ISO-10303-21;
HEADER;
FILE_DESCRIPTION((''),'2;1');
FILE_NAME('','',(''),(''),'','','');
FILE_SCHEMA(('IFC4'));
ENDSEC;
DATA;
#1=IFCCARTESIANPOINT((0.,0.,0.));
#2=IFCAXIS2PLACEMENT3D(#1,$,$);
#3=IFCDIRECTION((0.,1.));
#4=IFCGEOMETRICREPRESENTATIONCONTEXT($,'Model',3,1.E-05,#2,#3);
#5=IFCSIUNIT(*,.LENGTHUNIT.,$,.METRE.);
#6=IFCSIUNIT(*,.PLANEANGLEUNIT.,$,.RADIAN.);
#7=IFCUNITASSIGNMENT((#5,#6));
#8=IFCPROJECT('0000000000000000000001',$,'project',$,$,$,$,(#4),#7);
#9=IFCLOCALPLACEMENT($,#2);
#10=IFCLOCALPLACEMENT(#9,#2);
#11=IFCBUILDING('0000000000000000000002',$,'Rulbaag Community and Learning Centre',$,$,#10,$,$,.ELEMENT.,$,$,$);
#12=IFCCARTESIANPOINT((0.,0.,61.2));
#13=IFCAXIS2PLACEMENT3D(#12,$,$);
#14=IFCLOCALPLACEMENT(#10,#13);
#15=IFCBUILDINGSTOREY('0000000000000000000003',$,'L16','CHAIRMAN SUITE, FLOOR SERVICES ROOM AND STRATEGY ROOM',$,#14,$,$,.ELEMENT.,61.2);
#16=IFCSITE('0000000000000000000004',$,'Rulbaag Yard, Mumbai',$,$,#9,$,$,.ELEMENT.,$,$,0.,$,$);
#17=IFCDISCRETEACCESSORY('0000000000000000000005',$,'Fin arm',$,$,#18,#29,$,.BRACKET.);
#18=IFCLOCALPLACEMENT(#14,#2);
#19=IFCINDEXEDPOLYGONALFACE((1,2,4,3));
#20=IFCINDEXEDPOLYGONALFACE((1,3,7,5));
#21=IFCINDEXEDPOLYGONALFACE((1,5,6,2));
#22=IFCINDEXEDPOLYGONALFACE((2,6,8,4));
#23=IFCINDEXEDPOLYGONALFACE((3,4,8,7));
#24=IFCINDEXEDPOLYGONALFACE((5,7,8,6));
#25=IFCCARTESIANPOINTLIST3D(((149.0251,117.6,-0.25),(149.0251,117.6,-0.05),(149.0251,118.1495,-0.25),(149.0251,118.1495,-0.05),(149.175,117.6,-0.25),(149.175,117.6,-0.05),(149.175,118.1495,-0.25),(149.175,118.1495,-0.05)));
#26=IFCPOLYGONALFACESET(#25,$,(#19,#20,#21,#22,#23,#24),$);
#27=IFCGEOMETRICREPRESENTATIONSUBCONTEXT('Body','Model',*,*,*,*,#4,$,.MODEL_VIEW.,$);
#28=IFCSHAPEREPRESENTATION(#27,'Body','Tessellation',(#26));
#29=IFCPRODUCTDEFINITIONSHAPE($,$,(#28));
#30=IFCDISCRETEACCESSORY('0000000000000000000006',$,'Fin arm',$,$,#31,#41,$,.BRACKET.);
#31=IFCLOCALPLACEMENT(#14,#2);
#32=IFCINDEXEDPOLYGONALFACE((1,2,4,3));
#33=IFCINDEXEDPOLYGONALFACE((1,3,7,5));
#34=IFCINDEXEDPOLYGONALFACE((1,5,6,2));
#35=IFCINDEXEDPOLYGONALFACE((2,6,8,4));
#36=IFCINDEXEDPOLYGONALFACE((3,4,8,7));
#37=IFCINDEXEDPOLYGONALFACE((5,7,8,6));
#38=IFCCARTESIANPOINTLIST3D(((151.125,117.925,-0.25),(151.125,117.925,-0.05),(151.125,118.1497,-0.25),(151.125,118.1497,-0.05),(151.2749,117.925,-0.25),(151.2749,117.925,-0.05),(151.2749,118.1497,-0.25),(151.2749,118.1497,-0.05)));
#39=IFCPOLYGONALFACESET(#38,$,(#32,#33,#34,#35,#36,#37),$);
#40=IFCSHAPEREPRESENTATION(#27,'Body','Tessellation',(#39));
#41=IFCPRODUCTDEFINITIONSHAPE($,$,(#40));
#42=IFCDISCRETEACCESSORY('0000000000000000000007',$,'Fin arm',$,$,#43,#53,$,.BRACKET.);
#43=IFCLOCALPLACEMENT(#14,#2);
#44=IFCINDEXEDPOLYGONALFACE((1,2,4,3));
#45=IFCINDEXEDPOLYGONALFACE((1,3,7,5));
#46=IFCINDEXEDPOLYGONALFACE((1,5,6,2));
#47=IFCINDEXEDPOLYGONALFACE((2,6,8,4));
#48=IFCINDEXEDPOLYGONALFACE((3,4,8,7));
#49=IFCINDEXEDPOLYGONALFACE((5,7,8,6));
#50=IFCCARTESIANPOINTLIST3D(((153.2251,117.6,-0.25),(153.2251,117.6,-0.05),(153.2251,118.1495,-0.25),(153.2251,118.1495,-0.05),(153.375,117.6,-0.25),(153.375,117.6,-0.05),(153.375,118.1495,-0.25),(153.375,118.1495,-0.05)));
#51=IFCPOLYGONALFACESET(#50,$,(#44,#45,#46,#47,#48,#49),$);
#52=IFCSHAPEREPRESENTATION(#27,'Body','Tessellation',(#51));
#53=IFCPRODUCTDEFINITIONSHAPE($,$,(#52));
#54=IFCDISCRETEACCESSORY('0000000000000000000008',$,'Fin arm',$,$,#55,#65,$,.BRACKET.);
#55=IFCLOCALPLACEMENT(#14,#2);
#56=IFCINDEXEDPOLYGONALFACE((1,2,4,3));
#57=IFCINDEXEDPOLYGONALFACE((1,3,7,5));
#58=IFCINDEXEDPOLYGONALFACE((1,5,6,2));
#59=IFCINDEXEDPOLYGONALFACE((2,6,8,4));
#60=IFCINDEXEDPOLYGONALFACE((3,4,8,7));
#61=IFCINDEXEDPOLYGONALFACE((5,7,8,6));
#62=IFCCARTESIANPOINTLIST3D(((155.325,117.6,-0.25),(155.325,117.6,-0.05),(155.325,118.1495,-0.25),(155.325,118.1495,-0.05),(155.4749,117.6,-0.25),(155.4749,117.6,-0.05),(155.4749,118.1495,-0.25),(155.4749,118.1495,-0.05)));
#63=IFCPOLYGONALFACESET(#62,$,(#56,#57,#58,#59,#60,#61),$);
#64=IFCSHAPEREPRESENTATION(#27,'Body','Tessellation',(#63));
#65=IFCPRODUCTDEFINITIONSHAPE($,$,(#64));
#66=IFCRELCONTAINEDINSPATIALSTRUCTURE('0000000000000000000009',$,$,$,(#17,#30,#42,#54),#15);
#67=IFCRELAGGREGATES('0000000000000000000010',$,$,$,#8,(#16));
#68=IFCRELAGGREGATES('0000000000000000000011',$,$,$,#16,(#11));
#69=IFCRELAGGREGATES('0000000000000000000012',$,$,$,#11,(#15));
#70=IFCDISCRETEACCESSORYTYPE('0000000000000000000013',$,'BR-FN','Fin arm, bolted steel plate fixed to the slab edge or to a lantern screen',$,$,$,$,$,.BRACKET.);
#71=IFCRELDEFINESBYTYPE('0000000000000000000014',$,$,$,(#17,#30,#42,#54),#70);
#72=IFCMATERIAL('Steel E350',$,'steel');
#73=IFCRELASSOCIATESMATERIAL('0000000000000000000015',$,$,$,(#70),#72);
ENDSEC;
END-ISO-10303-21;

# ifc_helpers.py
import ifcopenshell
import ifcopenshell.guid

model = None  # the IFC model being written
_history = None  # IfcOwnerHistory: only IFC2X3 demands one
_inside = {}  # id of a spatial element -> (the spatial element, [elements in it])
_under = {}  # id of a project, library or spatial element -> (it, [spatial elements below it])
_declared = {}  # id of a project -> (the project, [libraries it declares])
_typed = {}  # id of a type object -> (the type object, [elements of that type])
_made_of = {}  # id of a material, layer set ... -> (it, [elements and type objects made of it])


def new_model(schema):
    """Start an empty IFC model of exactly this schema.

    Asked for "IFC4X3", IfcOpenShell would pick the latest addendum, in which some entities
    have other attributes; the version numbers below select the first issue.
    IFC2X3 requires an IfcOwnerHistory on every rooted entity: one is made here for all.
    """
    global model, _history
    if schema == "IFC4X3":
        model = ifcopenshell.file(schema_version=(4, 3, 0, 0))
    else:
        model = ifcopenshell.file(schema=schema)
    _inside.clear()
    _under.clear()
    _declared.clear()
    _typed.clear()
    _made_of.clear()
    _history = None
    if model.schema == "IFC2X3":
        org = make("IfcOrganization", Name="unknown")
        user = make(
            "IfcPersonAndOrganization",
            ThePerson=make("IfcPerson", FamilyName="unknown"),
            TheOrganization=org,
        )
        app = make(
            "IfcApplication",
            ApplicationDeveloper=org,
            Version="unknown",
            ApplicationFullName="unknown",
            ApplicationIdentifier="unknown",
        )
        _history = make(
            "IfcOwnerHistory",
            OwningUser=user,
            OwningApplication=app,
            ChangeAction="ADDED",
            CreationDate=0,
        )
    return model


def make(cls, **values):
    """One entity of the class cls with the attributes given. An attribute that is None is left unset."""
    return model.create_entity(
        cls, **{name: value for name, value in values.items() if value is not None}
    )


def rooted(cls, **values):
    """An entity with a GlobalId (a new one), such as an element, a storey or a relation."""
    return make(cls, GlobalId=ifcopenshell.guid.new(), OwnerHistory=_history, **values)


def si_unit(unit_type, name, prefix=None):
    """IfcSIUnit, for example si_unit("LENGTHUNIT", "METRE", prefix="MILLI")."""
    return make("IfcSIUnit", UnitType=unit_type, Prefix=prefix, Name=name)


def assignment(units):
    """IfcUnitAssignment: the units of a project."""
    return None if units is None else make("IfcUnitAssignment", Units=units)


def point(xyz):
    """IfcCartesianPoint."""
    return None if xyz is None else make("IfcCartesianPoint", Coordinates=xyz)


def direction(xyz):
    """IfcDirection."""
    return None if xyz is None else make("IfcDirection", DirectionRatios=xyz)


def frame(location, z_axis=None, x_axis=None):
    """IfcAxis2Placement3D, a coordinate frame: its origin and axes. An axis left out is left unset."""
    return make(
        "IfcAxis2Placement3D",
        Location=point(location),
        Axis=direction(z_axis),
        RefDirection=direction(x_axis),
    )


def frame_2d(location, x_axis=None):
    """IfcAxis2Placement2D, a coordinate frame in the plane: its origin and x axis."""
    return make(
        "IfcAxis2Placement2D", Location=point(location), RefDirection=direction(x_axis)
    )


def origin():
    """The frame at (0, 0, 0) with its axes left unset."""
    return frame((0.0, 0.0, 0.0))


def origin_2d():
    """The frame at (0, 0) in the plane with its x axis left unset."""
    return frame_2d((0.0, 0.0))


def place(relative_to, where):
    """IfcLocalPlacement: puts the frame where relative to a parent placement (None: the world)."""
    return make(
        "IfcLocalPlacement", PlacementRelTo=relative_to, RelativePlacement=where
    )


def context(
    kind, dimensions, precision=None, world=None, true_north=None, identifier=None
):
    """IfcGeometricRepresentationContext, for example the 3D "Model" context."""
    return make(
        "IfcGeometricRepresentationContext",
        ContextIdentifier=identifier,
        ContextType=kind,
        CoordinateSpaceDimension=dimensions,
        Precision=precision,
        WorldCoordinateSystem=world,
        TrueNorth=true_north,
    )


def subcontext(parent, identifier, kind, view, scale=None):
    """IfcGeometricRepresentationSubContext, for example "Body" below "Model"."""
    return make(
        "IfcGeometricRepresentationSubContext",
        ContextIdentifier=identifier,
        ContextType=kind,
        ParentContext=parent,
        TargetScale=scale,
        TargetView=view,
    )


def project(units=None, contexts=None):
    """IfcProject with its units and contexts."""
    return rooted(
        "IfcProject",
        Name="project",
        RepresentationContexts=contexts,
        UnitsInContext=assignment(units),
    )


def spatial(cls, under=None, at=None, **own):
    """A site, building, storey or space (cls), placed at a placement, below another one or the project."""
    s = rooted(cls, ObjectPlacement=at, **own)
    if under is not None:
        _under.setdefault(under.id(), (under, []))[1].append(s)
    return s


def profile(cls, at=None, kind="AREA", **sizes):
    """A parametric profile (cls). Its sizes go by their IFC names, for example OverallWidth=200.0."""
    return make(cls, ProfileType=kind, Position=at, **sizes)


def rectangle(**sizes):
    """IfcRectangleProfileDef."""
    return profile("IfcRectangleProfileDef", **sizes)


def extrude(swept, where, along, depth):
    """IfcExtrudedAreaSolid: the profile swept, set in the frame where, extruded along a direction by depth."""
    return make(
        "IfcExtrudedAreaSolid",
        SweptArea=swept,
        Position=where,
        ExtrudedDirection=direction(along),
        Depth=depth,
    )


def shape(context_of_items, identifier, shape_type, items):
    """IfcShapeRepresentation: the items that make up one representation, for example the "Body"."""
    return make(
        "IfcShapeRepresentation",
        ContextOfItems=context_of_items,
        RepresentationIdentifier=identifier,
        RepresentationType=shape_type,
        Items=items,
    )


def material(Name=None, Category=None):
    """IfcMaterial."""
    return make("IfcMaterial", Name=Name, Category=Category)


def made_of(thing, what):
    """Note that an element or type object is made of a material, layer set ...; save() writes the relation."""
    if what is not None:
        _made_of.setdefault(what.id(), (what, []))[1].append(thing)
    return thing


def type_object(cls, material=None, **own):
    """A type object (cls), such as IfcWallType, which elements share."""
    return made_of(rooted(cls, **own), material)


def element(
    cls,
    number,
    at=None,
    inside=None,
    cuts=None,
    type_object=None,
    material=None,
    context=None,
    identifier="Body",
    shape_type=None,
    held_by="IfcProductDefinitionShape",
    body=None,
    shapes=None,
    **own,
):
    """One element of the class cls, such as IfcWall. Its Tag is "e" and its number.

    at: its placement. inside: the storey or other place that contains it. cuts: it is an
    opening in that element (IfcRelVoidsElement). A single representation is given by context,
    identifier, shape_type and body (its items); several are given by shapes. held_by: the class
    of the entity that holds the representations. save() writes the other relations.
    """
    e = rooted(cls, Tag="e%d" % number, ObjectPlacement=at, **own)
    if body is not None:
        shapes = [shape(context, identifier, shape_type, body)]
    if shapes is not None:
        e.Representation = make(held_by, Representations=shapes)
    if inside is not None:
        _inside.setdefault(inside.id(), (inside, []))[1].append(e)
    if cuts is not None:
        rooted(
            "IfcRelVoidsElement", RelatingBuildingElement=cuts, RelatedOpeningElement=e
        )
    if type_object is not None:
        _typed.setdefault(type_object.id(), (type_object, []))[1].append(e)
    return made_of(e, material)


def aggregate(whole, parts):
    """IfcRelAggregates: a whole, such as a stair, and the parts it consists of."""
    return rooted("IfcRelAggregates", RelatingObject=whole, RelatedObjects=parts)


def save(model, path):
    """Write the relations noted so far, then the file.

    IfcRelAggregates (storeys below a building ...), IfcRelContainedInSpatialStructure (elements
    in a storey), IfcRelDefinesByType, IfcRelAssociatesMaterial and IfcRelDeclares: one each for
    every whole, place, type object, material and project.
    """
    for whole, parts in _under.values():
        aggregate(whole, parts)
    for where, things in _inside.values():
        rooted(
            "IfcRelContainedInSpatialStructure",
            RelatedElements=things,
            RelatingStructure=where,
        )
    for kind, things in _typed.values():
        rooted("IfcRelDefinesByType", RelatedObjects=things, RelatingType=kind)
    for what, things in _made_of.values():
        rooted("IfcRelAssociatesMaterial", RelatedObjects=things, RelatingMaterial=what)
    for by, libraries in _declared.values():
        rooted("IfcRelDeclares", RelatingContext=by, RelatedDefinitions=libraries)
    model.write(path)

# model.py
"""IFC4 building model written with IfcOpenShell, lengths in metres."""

from ifc_helpers import new_model, si_unit, direction, frame, origin, origin_2d, place, context, subcontext, project, spatial, rectangle, extrude, material, type_object, element, save


model = new_model("IFC4")

# Units and contexts
model_context = context("Model", 3, precision=1e-05, world=origin(), true_north=direction((0.0, 1.0)))
body_context = subcontext(model_context, "Body", "Model", "MODEL_VIEW")
ifc_project = project(units=[si_unit("LENGTHUNIT", "METRE"), si_unit("PLANEANGLEUNIT", "RADIAN")], contexts=[model_context])

# Site, building, storey
site_placement = place(None, origin())
site = spatial("IfcSite", under=ifc_project, at=site_placement, Name="Rulbaag Yard, Mumbai", CompositionType="ELEMENT", RefElevation=0.0)
building_placement = place(site_placement, origin())
building = spatial("IfcBuilding", under=site, at=building_placement, Name="Rulbaag Community and Learning Centre", CompositionType="ELEMENT")
storey_placement = place(building_placement, frame((0.0, 0.0, 61.2)))
storey = spatial("IfcBuildingStorey", under=building, at=storey_placement, Name="L16", Description="CHAIRMAN SUITE, FLOOR SERVICES ROOM AND STRATEGY ROOM", CompositionType="ELEMENT", Elevation=61.2)

# Discrete accessories
ifc_material_1 = material(Name="Steel E350", Category="steel")
discrete_accessory_type_1 = type_object("IfcDiscreteAccessoryType", Name="BR-FN", Description="Fin arm, bolted steel plate fixed to the slab edge or to a lantern screen", PredefinedType="BRACKET", material=ifc_material_1)
for number, where, z_axis, x_axis, name in (
    (1, (149.1001, 117.8748, -0.25), (0.0, 0.0, 1.0), (1.0, 0.0, 0.0), "Fin arm"),
):
    element("IfcDiscreteAccessory", number, at=place(storey_placement, frame(where, z_axis=z_axis, x_axis=x_axis)), inside=storey, type_object=discrete_accessory_type_1, Name=name, PredefinedType="BRACKET", context=body_context, shape_type="SweptSolid", body=[
        extrude(rectangle(XDim=0.1499, YDim=0.5496, at=origin_2d()), origin(), (0.0, 0.0, 1.0), 0.2),
    ])
discrete_accessory_placement = place(storey_placement, frame((151.2, 118.0374, -0.25), z_axis=(0.0, 0.0, 1.0), x_axis=(1.0, 0.0, 0.0)))
element("IfcDiscreteAccessory", 2, at=discrete_accessory_placement, inside=storey, type_object=discrete_accessory_type_1, Name="Fin arm", PredefinedType="BRACKET", context=body_context, shape_type="SweptSolid", body=[
    extrude(rectangle(XDim=0.1499, YDim=0.2246, at=origin_2d()), origin(), (0.0, 0.0, 1.0), 0.2),
])
for number, where, z_axis, x_axis, name in (
    (3, (153.3, 117.8748, -0.25), (0.0, 0.0, 1.0), (1.0, 0.0, 0.0), "Fin arm"),
    (4, (155.3999, 117.8748, -0.25), (0.0, 0.0, 1.0), (1.0, 0.0, 0.0), "Fin arm"),
):
    element("IfcDiscreteAccessory", number, at=place(storey_placement, frame(where, z_axis=z_axis, x_axis=x_axis)), inside=storey, type_object=discrete_accessory_type_1, Name=name, PredefinedType="BRACKET", context=body_context, shape_type="SweptSolid", body=[
        extrude(rectangle(XDim=0.1499, YDim=0.5496, at=origin_2d()), origin(), (0.0, 0.0, 1.0), 0.2),
    ])

save(model, "model.ifc")
